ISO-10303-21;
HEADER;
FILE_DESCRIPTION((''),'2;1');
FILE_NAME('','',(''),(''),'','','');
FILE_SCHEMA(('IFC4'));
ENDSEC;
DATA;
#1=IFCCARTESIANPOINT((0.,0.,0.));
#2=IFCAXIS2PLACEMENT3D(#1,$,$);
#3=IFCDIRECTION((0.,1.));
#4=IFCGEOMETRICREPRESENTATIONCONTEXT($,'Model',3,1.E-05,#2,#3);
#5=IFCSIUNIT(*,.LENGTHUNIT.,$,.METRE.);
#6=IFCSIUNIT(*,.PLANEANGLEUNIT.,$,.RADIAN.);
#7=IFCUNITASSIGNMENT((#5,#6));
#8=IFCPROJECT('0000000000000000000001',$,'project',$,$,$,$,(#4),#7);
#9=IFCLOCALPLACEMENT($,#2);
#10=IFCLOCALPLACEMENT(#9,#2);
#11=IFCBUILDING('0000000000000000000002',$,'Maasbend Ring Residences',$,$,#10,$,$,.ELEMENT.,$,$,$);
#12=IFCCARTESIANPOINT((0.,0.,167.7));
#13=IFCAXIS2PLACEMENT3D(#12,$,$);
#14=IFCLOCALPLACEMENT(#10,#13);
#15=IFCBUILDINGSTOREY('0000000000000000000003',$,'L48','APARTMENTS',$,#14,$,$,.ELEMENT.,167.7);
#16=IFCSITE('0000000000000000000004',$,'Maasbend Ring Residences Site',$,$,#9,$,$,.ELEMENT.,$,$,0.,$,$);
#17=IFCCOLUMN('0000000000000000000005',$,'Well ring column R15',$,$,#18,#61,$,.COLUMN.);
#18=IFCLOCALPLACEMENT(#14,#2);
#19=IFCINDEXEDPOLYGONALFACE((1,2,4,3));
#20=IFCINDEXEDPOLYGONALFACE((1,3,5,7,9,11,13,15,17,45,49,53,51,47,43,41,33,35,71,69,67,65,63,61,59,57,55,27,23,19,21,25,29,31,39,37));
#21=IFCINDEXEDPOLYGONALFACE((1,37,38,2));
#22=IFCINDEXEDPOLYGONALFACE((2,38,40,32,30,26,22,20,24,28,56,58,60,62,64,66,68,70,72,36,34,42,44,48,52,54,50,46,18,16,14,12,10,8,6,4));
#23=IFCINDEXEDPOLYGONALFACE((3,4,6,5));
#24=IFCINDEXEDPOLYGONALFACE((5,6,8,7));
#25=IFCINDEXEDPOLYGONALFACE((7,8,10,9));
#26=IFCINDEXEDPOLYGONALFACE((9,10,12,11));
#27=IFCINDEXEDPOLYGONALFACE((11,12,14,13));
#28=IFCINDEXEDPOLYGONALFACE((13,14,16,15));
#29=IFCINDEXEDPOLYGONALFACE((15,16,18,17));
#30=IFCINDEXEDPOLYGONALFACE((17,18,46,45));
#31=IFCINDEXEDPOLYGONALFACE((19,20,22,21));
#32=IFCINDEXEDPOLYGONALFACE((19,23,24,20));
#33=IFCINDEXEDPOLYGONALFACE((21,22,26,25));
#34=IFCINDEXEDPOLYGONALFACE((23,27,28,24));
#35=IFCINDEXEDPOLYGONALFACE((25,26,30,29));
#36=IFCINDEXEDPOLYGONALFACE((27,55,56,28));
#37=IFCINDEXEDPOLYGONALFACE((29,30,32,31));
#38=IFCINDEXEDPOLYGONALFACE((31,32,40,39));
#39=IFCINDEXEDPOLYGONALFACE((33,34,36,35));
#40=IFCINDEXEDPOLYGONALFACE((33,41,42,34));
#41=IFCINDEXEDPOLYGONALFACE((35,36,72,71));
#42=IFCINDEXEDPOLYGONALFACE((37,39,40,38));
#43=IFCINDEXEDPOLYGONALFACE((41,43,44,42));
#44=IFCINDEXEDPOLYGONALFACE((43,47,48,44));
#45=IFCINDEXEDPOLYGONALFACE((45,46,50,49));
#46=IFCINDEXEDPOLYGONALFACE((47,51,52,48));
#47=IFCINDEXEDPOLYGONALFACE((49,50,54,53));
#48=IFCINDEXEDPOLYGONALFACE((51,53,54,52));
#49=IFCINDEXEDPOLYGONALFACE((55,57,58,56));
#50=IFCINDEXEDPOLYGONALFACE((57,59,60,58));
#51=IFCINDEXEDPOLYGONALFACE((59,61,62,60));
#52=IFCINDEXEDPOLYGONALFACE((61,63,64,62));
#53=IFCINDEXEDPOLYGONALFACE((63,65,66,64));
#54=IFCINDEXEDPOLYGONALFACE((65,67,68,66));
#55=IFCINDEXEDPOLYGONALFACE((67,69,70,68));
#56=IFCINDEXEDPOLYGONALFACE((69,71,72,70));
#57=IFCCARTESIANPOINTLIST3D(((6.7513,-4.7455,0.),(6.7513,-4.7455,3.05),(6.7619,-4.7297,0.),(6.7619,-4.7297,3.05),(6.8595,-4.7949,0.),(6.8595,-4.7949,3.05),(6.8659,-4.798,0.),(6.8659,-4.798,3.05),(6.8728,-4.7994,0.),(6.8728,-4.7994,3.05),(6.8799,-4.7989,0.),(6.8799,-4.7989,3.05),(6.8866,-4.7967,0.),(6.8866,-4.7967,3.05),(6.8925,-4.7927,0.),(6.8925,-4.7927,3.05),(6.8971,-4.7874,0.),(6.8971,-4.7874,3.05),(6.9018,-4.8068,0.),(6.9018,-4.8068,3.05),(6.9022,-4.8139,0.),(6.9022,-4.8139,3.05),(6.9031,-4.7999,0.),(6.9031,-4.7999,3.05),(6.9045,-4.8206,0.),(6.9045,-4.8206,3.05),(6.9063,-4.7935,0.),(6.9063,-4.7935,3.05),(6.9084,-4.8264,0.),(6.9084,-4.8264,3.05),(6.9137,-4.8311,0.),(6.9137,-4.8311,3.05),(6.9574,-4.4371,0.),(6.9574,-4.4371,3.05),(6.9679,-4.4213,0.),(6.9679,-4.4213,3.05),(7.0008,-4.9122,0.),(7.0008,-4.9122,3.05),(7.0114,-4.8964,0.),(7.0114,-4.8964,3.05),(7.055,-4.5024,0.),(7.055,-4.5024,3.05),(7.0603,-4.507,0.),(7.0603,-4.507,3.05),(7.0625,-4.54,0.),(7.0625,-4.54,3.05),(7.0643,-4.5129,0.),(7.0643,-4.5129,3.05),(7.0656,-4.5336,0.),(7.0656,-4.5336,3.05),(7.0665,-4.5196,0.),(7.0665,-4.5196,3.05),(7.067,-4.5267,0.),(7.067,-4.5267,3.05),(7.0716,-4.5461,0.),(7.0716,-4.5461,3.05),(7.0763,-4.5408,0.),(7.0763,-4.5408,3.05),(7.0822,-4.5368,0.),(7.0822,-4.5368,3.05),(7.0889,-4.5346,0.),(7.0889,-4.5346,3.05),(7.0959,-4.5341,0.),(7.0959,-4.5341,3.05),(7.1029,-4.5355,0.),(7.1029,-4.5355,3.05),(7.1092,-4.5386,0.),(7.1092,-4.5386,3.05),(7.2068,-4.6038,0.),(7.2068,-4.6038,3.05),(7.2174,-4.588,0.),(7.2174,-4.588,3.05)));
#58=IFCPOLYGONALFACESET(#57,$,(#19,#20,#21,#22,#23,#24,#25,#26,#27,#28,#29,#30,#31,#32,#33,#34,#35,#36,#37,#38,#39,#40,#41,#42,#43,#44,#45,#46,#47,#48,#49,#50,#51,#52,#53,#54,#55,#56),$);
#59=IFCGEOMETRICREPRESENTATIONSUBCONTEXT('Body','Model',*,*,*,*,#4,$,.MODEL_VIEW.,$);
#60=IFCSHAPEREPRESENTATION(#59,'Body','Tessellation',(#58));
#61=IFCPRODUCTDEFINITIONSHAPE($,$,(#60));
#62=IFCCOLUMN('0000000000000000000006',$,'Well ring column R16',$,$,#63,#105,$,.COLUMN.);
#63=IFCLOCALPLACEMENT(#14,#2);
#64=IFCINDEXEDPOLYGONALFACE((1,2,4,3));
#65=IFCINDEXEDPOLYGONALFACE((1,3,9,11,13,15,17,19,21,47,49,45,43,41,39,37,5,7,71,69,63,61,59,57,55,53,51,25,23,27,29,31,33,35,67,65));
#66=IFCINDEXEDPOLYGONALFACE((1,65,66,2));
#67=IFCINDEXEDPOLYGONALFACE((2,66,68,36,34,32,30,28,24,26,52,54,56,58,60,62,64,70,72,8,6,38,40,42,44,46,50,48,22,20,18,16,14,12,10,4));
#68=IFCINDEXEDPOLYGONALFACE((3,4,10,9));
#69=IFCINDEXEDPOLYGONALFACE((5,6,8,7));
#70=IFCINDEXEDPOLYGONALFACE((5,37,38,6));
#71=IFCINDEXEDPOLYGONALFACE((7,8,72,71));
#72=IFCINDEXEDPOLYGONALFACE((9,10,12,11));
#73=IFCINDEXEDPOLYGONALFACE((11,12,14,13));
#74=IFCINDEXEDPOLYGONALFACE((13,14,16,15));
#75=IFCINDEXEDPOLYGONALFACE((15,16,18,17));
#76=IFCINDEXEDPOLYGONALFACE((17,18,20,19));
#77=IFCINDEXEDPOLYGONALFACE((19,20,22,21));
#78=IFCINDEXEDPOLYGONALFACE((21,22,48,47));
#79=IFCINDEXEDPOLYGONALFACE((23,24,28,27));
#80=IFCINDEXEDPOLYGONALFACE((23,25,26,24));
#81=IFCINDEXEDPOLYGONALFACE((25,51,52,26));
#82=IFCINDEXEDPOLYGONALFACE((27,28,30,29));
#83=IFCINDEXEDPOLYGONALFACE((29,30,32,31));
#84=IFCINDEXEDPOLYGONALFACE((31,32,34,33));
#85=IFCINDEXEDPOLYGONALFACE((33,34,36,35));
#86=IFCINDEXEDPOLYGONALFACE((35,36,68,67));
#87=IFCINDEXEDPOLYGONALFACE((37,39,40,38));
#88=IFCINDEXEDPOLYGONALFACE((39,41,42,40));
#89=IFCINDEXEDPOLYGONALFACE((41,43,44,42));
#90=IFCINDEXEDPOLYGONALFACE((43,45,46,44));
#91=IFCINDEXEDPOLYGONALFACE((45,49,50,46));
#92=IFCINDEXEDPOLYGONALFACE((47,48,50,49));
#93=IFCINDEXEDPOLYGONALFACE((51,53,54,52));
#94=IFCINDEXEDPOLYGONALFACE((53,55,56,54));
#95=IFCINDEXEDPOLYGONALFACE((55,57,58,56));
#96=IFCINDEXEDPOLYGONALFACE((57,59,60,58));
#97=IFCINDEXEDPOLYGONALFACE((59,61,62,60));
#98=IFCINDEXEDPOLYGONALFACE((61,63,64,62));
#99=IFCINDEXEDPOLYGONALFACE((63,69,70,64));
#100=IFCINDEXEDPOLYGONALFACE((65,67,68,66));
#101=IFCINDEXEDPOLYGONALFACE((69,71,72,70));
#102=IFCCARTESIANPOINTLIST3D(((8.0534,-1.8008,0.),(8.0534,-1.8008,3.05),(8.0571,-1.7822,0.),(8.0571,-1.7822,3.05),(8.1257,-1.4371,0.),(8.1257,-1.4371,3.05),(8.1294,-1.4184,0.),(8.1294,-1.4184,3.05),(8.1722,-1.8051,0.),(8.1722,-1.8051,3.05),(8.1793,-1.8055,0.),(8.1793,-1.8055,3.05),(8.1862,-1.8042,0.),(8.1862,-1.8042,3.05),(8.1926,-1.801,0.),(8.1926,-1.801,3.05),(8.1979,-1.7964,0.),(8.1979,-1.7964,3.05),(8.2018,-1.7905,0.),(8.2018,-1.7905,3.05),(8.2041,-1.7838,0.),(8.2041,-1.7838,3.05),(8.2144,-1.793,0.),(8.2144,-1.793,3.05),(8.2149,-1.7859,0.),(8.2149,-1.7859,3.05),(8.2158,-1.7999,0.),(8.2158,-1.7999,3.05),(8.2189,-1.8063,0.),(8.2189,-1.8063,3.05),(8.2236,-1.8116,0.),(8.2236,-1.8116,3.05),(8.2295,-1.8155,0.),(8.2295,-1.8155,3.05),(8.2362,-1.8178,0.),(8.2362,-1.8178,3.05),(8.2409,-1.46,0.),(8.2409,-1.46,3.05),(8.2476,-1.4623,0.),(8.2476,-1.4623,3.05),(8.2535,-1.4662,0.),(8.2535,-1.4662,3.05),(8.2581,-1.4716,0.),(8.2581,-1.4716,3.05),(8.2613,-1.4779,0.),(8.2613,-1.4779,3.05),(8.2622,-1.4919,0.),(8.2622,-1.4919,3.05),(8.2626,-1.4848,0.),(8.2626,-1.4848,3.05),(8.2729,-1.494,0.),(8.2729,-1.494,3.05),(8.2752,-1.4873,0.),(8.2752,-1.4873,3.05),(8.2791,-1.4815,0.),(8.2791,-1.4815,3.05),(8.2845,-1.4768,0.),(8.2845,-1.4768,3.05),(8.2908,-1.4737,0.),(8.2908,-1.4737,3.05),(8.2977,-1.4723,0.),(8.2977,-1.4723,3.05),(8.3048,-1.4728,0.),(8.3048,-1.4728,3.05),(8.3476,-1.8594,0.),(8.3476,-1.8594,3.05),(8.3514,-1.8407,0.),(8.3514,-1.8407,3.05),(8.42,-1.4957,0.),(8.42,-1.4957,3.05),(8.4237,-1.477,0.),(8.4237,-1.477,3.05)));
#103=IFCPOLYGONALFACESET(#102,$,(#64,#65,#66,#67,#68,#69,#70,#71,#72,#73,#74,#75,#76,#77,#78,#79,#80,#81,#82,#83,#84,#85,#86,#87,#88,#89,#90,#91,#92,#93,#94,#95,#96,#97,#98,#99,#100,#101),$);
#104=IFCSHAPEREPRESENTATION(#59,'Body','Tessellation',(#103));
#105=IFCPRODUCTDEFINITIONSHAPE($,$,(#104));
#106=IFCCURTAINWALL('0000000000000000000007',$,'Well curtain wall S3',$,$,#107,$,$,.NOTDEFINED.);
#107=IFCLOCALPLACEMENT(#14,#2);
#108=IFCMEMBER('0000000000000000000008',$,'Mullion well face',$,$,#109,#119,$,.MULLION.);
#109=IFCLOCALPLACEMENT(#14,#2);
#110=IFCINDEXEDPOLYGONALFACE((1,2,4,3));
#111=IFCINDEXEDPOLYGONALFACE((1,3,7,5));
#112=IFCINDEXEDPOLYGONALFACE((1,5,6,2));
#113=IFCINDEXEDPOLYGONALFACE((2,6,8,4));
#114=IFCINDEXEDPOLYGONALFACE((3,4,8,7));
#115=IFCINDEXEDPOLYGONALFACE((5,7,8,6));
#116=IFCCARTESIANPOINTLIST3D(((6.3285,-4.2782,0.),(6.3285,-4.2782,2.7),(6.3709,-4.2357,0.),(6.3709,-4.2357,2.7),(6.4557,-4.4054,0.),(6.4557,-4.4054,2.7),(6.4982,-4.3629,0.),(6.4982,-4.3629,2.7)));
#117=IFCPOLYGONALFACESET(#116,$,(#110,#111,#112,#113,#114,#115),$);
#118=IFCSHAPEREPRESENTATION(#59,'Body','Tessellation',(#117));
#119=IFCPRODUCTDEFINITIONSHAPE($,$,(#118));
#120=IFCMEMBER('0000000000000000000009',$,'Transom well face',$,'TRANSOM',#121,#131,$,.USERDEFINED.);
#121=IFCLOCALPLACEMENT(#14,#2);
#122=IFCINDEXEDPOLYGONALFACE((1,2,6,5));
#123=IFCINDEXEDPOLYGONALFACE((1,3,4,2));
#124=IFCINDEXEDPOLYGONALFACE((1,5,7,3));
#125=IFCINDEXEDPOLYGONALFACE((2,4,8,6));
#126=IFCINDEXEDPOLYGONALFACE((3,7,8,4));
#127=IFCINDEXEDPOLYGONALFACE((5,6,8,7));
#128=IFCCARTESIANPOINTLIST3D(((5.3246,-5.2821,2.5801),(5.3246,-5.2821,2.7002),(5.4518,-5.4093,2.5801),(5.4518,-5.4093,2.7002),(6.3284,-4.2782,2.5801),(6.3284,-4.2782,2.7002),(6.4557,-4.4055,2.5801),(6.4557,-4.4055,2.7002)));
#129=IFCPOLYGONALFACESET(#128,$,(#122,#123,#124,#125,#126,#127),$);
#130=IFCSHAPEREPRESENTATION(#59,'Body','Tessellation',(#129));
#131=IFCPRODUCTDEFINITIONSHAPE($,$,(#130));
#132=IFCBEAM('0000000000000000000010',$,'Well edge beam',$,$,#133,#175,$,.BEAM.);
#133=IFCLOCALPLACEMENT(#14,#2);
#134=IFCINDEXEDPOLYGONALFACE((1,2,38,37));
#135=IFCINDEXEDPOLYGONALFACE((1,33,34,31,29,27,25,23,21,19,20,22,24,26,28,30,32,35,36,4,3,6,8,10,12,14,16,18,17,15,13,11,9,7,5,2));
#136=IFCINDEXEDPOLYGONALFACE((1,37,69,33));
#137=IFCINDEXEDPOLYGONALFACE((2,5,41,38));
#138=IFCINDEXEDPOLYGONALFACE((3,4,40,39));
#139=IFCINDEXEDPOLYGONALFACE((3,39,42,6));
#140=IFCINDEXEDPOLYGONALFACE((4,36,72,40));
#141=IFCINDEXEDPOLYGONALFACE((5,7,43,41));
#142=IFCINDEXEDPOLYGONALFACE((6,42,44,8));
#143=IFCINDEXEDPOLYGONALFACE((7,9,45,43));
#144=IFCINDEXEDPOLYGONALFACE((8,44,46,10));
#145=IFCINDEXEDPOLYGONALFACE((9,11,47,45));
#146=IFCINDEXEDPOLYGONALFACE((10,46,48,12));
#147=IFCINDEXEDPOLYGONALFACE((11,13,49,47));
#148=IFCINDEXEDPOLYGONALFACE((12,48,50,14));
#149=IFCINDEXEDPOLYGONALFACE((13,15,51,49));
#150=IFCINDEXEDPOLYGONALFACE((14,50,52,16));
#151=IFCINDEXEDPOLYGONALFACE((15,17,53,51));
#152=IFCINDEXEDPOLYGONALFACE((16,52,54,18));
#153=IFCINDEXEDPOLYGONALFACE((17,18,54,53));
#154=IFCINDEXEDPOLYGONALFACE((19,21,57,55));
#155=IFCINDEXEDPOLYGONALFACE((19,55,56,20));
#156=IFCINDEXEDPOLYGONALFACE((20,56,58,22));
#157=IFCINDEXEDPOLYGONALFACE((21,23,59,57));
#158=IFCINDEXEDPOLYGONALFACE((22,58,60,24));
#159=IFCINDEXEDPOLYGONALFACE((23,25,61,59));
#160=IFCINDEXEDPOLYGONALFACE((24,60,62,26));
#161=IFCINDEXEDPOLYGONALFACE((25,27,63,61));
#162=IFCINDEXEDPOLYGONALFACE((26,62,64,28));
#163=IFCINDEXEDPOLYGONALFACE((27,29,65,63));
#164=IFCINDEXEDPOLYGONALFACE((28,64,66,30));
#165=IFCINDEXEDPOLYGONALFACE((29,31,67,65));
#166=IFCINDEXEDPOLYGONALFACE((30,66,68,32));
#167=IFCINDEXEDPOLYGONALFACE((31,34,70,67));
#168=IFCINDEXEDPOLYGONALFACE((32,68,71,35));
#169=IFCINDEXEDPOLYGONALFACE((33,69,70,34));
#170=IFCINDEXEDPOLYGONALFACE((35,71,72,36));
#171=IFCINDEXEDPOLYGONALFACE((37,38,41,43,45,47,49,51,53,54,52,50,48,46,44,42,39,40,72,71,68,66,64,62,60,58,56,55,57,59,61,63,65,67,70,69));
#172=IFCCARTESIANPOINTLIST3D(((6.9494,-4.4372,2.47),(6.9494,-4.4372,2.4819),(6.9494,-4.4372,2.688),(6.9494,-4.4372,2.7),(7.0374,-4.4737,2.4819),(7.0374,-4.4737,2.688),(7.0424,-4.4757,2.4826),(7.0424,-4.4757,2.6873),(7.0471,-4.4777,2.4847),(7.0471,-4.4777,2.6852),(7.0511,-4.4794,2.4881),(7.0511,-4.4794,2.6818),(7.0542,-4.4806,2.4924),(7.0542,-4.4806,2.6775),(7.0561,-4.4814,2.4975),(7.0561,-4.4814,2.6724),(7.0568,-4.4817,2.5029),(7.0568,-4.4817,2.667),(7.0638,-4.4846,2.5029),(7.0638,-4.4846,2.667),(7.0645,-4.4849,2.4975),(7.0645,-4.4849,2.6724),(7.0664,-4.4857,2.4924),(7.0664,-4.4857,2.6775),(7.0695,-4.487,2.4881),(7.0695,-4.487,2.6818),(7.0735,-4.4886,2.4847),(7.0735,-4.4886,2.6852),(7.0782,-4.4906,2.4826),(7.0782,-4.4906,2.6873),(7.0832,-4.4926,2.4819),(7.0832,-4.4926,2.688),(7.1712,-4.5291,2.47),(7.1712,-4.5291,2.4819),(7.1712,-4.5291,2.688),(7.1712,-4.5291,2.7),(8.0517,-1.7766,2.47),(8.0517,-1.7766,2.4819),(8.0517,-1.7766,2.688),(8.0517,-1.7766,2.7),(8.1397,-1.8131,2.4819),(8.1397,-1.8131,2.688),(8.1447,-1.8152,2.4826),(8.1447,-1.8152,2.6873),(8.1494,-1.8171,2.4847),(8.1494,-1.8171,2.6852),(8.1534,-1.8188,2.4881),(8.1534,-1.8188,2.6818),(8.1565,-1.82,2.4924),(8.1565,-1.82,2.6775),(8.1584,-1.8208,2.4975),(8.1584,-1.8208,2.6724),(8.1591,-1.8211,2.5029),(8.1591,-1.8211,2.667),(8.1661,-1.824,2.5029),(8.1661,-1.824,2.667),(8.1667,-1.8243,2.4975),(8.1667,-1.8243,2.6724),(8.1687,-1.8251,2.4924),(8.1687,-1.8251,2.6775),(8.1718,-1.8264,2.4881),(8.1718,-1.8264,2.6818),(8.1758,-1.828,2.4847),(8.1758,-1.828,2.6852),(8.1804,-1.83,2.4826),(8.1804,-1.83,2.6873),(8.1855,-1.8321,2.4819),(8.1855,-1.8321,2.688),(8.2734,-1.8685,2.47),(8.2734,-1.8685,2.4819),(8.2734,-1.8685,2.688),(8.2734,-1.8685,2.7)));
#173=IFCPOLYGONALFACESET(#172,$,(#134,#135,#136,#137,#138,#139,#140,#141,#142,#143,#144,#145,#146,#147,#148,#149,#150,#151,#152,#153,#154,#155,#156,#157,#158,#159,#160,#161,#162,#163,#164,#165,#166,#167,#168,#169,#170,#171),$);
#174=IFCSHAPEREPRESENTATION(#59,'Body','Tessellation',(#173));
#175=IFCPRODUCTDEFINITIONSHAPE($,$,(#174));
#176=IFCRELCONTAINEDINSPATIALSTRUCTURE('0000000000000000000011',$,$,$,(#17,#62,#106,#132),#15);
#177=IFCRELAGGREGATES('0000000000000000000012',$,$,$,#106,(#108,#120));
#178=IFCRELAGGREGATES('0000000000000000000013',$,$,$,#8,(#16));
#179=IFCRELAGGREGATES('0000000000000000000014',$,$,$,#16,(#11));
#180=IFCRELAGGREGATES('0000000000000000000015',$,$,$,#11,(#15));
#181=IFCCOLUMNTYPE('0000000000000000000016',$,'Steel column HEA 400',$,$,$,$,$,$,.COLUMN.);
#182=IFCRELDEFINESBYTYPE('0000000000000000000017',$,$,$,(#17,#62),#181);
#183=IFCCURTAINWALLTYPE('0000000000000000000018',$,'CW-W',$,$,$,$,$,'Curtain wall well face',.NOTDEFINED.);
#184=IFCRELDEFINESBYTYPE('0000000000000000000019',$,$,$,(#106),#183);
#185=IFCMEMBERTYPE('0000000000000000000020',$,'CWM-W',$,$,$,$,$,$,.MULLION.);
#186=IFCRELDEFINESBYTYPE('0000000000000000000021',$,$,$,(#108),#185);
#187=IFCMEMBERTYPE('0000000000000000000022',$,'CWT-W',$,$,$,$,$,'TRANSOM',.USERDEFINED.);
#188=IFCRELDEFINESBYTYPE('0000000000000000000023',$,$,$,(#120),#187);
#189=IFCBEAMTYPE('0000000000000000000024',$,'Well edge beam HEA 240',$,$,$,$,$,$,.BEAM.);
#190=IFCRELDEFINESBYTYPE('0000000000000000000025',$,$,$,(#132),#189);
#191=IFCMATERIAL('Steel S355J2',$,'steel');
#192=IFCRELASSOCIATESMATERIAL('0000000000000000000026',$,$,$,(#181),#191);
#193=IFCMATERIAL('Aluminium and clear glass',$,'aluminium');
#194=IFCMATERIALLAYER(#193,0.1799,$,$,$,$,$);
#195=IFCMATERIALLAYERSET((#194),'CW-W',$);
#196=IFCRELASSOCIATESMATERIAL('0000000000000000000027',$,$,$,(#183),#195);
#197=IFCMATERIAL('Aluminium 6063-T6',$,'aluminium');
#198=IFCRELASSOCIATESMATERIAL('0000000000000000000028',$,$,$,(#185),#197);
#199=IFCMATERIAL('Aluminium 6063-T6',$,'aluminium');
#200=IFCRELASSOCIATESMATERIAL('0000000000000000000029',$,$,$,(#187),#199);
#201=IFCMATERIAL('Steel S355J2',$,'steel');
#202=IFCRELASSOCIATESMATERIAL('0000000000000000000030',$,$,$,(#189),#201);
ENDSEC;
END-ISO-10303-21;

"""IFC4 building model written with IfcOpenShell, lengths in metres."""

from ifc_helpers import new_model, si_unit, direction, frame, origin, origin_2d, place, context, subcontext, project, spatial, rectangle, i_section, extrude, material, layer, layer_set, material_profile, profile_set, type_object, element, aggregate, save


model = new_model("IFC4")

# Units and contexts
model_context = context("Model", 3, precision=1e-05, world=origin(), true_north=direction((0.0, 1.0)))
body_context = subcontext(model_context, "Body", "Model", "MODEL_VIEW")
ifc_project = project(units=[si_unit("LENGTHUNIT", "METRE"), si_unit("PLANEANGLEUNIT", "RADIAN")], contexts=[model_context])

# Site, building, storey
site_placement = place(None, origin())
site = spatial("IfcSite", under=ifc_project, at=site_placement, Name="Maasbend Ring Residences Site", CompositionType="ELEMENT", RefElevation=0.0)
building_placement = place(site_placement, origin())
building = spatial("IfcBuilding", under=site, at=building_placement, Name="Maasbend Ring Residences", CompositionType="ELEMENT")
storey_placement = place(building_placement, frame((0.0, 0.0, 167.7)))
storey = spatial("IfcBuildingStorey", under=building, at=storey_placement, Name="L48", Description="APARTMENTS", CompositionType="ELEMENT", Elevation=167.7)

# Columns
ifc_material_1 = material(Name="Steel S355J2", Category="steel")
ifc_material_profile_1 = material_profile(ifc_material_1, i_section(OverallWidth=0.3, OverallDepth=0.3899, WebThickness=0.011, FlangeThickness=0.019, FilletRadius=0.0271, at=origin_2d()), Name="HEA 400")
ifc_profile_set_1 = profile_set([ifc_material_profile_1], Name="Steel S355J2")
column_type = type_object("IfcColumnType", Name="Steel column HEA 400", PredefinedType="COLUMN", material=ifc_profile_set_1)
for number, where, z_axis, x_axis, name in (
    (1, (6.9844, -4.6667, 0.0), (0.0, 0.0, 1.0), (0.83147, -0.55557, 0.0), "Well ring column R15"),
    (2, (8.2385, -1.6389, 0.0), (0.0, 0.0, 1.0), (0.980785, -0.19509, 0.0), "Well ring column R16"),
):
    element("IfcColumn", number, at=place(storey_placement, frame(where, z_axis=z_axis, x_axis=x_axis)), inside=storey, type_object=column_type, Name=name, PredefinedType="COLUMN", context=body_context, shape_type="SweptSolid", body=[
        extrude(i_section(OverallWidth=0.3, OverallDepth=0.3899, WebThickness=0.011, FlangeThickness=0.019, FilletRadius=0.0271, at=origin_2d()), origin(), (0.0, 0.0, 1.0), 3.05),
    ])

# Curtain wall, members
ifc_material_2 = material(Name="Aluminium and clear glass", Category="aluminium")
ifc_layer_1 = layer(ifc_material_2, 0.1799)
ifc_layer_set_1 = layer_set([ifc_layer_1], Name="CW-W")
curtain_wall_type = type_object("IfcCurtainWallType", Name="CW-W", ElementType="Curtain wall well face", PredefinedType="NOTDEFINED", material=ifc_layer_set_1)
curtain_wall_placement = place(storey_placement, origin())
curtain_wall = element("IfcCurtainWall", 3, at=curtain_wall_placement, inside=storey, type_object=curtain_wall_type, Name="Well curtain wall S3", PredefinedType="NOTDEFINED")
ifc_material_3 = material(Name="Aluminium 6063-T6", Category="aluminium")
ifc_material_profile_2 = material_profile(ifc_material_3, rectangle(XDim=0.1799, YDim=0.0601, at=origin_2d()), Name="AL 180x60")
ifc_profile_set_2 = profile_set([ifc_material_profile_2], Name="Aluminium 6063-T6")
member_type_1 = type_object("IfcMemberType", Name="CWM-W", PredefinedType="MULLION", material=ifc_profile_set_2)
member_1_placement = place(storey_placement, frame((6.4133, -4.3206, 0.0), z_axis=(0.0, 0.0, 1.0), x_axis=(-0.707107, 0.707107, 0.0)))
member_1 = element("IfcMember", 4, at=member_1_placement, type_object=member_type_1, Name="Mullion well face", PredefinedType="MULLION", context=body_context, shape_type="SweptSolid", body=[
    extrude(rectangle(XDim=0.1799, YDim=0.0601, at=origin_2d()), origin(), (0.0, 0.0, 1.0), 2.7),
])
ifc_material_4 = material(Name="Aluminium 6063-T6", Category="aluminium")
ifc_material_profile_3 = material_profile(ifc_material_4, rectangle(XDim=0.1799, YDim=0.1201, at=origin_2d()), Name="AL 180x120")
ifc_profile_set_3 = profile_set([ifc_material_profile_3], Name="Aluminium 6063-T6")
member_type_2 = type_object("IfcMemberType", Name="CWT-W", ElementType="TRANSOM", PredefinedType="USERDEFINED", material=ifc_profile_set_3)
member_2_placement = place(storey_placement, frame((5.3882, -5.3457, 2.6401), z_axis=(0.707107, 0.707107, 0.0), x_axis=(-0.707107, 0.707107, 0.0)))
member_2 = element("IfcMember", 5, at=member_2_placement, type_object=member_type_2, Name="Transom well face", ObjectType="TRANSOM", PredefinedType="USERDEFINED", context=body_context, shape_type="SweptSolid", body=[
    extrude(rectangle(XDim=0.1799, YDim=0.1201, at=origin_2d()), origin(), (0.0, 0.0, 1.0), 1.4197),
])

# Beam
ifc_material_5 = material(Name="Steel S355J2", Category="steel")
ifc_material_profile_4 = material_profile(ifc_material_5, i_section(OverallWidth=0.24, OverallDepth=0.23, WebThickness=0.0076, FlangeThickness=0.012, FilletRadius=0.021, at=origin_2d()), Name="HEA 240")
ifc_profile_set_4 = profile_set([ifc_material_profile_4], Name="Steel S355J2")
beam_type = type_object("IfcBeamType", Name="Well edge beam HEA 240", PredefinedType="BEAM", material=ifc_profile_set_4)
for number, where, z_axis, x_axis, name in (
    (6, (7.0603, -4.4832, 2.585), (0.382749, 0.923853, 0.0), (-0.923853, 0.382749, 0.0), "Well edge beam"),
):
    element("IfcBeam", number, at=place(storey_placement, frame(where, z_axis=z_axis, x_axis=x_axis)), inside=storey, type_object=beam_type, Name=name, PredefinedType="BEAM", context=body_context, shape_type="SweptSolid", body=[
        extrude(i_section(OverallWidth=0.24, OverallDepth=0.23, WebThickness=0.0076, FlangeThickness=0.012, FilletRadius=0.021, at=origin_2d()), origin(), (0.0, 0.0, 1.0), 2.8799),
    ])

aggregate(curtain_wall, [member_1, member_2])

save(model, "model.ifc")
